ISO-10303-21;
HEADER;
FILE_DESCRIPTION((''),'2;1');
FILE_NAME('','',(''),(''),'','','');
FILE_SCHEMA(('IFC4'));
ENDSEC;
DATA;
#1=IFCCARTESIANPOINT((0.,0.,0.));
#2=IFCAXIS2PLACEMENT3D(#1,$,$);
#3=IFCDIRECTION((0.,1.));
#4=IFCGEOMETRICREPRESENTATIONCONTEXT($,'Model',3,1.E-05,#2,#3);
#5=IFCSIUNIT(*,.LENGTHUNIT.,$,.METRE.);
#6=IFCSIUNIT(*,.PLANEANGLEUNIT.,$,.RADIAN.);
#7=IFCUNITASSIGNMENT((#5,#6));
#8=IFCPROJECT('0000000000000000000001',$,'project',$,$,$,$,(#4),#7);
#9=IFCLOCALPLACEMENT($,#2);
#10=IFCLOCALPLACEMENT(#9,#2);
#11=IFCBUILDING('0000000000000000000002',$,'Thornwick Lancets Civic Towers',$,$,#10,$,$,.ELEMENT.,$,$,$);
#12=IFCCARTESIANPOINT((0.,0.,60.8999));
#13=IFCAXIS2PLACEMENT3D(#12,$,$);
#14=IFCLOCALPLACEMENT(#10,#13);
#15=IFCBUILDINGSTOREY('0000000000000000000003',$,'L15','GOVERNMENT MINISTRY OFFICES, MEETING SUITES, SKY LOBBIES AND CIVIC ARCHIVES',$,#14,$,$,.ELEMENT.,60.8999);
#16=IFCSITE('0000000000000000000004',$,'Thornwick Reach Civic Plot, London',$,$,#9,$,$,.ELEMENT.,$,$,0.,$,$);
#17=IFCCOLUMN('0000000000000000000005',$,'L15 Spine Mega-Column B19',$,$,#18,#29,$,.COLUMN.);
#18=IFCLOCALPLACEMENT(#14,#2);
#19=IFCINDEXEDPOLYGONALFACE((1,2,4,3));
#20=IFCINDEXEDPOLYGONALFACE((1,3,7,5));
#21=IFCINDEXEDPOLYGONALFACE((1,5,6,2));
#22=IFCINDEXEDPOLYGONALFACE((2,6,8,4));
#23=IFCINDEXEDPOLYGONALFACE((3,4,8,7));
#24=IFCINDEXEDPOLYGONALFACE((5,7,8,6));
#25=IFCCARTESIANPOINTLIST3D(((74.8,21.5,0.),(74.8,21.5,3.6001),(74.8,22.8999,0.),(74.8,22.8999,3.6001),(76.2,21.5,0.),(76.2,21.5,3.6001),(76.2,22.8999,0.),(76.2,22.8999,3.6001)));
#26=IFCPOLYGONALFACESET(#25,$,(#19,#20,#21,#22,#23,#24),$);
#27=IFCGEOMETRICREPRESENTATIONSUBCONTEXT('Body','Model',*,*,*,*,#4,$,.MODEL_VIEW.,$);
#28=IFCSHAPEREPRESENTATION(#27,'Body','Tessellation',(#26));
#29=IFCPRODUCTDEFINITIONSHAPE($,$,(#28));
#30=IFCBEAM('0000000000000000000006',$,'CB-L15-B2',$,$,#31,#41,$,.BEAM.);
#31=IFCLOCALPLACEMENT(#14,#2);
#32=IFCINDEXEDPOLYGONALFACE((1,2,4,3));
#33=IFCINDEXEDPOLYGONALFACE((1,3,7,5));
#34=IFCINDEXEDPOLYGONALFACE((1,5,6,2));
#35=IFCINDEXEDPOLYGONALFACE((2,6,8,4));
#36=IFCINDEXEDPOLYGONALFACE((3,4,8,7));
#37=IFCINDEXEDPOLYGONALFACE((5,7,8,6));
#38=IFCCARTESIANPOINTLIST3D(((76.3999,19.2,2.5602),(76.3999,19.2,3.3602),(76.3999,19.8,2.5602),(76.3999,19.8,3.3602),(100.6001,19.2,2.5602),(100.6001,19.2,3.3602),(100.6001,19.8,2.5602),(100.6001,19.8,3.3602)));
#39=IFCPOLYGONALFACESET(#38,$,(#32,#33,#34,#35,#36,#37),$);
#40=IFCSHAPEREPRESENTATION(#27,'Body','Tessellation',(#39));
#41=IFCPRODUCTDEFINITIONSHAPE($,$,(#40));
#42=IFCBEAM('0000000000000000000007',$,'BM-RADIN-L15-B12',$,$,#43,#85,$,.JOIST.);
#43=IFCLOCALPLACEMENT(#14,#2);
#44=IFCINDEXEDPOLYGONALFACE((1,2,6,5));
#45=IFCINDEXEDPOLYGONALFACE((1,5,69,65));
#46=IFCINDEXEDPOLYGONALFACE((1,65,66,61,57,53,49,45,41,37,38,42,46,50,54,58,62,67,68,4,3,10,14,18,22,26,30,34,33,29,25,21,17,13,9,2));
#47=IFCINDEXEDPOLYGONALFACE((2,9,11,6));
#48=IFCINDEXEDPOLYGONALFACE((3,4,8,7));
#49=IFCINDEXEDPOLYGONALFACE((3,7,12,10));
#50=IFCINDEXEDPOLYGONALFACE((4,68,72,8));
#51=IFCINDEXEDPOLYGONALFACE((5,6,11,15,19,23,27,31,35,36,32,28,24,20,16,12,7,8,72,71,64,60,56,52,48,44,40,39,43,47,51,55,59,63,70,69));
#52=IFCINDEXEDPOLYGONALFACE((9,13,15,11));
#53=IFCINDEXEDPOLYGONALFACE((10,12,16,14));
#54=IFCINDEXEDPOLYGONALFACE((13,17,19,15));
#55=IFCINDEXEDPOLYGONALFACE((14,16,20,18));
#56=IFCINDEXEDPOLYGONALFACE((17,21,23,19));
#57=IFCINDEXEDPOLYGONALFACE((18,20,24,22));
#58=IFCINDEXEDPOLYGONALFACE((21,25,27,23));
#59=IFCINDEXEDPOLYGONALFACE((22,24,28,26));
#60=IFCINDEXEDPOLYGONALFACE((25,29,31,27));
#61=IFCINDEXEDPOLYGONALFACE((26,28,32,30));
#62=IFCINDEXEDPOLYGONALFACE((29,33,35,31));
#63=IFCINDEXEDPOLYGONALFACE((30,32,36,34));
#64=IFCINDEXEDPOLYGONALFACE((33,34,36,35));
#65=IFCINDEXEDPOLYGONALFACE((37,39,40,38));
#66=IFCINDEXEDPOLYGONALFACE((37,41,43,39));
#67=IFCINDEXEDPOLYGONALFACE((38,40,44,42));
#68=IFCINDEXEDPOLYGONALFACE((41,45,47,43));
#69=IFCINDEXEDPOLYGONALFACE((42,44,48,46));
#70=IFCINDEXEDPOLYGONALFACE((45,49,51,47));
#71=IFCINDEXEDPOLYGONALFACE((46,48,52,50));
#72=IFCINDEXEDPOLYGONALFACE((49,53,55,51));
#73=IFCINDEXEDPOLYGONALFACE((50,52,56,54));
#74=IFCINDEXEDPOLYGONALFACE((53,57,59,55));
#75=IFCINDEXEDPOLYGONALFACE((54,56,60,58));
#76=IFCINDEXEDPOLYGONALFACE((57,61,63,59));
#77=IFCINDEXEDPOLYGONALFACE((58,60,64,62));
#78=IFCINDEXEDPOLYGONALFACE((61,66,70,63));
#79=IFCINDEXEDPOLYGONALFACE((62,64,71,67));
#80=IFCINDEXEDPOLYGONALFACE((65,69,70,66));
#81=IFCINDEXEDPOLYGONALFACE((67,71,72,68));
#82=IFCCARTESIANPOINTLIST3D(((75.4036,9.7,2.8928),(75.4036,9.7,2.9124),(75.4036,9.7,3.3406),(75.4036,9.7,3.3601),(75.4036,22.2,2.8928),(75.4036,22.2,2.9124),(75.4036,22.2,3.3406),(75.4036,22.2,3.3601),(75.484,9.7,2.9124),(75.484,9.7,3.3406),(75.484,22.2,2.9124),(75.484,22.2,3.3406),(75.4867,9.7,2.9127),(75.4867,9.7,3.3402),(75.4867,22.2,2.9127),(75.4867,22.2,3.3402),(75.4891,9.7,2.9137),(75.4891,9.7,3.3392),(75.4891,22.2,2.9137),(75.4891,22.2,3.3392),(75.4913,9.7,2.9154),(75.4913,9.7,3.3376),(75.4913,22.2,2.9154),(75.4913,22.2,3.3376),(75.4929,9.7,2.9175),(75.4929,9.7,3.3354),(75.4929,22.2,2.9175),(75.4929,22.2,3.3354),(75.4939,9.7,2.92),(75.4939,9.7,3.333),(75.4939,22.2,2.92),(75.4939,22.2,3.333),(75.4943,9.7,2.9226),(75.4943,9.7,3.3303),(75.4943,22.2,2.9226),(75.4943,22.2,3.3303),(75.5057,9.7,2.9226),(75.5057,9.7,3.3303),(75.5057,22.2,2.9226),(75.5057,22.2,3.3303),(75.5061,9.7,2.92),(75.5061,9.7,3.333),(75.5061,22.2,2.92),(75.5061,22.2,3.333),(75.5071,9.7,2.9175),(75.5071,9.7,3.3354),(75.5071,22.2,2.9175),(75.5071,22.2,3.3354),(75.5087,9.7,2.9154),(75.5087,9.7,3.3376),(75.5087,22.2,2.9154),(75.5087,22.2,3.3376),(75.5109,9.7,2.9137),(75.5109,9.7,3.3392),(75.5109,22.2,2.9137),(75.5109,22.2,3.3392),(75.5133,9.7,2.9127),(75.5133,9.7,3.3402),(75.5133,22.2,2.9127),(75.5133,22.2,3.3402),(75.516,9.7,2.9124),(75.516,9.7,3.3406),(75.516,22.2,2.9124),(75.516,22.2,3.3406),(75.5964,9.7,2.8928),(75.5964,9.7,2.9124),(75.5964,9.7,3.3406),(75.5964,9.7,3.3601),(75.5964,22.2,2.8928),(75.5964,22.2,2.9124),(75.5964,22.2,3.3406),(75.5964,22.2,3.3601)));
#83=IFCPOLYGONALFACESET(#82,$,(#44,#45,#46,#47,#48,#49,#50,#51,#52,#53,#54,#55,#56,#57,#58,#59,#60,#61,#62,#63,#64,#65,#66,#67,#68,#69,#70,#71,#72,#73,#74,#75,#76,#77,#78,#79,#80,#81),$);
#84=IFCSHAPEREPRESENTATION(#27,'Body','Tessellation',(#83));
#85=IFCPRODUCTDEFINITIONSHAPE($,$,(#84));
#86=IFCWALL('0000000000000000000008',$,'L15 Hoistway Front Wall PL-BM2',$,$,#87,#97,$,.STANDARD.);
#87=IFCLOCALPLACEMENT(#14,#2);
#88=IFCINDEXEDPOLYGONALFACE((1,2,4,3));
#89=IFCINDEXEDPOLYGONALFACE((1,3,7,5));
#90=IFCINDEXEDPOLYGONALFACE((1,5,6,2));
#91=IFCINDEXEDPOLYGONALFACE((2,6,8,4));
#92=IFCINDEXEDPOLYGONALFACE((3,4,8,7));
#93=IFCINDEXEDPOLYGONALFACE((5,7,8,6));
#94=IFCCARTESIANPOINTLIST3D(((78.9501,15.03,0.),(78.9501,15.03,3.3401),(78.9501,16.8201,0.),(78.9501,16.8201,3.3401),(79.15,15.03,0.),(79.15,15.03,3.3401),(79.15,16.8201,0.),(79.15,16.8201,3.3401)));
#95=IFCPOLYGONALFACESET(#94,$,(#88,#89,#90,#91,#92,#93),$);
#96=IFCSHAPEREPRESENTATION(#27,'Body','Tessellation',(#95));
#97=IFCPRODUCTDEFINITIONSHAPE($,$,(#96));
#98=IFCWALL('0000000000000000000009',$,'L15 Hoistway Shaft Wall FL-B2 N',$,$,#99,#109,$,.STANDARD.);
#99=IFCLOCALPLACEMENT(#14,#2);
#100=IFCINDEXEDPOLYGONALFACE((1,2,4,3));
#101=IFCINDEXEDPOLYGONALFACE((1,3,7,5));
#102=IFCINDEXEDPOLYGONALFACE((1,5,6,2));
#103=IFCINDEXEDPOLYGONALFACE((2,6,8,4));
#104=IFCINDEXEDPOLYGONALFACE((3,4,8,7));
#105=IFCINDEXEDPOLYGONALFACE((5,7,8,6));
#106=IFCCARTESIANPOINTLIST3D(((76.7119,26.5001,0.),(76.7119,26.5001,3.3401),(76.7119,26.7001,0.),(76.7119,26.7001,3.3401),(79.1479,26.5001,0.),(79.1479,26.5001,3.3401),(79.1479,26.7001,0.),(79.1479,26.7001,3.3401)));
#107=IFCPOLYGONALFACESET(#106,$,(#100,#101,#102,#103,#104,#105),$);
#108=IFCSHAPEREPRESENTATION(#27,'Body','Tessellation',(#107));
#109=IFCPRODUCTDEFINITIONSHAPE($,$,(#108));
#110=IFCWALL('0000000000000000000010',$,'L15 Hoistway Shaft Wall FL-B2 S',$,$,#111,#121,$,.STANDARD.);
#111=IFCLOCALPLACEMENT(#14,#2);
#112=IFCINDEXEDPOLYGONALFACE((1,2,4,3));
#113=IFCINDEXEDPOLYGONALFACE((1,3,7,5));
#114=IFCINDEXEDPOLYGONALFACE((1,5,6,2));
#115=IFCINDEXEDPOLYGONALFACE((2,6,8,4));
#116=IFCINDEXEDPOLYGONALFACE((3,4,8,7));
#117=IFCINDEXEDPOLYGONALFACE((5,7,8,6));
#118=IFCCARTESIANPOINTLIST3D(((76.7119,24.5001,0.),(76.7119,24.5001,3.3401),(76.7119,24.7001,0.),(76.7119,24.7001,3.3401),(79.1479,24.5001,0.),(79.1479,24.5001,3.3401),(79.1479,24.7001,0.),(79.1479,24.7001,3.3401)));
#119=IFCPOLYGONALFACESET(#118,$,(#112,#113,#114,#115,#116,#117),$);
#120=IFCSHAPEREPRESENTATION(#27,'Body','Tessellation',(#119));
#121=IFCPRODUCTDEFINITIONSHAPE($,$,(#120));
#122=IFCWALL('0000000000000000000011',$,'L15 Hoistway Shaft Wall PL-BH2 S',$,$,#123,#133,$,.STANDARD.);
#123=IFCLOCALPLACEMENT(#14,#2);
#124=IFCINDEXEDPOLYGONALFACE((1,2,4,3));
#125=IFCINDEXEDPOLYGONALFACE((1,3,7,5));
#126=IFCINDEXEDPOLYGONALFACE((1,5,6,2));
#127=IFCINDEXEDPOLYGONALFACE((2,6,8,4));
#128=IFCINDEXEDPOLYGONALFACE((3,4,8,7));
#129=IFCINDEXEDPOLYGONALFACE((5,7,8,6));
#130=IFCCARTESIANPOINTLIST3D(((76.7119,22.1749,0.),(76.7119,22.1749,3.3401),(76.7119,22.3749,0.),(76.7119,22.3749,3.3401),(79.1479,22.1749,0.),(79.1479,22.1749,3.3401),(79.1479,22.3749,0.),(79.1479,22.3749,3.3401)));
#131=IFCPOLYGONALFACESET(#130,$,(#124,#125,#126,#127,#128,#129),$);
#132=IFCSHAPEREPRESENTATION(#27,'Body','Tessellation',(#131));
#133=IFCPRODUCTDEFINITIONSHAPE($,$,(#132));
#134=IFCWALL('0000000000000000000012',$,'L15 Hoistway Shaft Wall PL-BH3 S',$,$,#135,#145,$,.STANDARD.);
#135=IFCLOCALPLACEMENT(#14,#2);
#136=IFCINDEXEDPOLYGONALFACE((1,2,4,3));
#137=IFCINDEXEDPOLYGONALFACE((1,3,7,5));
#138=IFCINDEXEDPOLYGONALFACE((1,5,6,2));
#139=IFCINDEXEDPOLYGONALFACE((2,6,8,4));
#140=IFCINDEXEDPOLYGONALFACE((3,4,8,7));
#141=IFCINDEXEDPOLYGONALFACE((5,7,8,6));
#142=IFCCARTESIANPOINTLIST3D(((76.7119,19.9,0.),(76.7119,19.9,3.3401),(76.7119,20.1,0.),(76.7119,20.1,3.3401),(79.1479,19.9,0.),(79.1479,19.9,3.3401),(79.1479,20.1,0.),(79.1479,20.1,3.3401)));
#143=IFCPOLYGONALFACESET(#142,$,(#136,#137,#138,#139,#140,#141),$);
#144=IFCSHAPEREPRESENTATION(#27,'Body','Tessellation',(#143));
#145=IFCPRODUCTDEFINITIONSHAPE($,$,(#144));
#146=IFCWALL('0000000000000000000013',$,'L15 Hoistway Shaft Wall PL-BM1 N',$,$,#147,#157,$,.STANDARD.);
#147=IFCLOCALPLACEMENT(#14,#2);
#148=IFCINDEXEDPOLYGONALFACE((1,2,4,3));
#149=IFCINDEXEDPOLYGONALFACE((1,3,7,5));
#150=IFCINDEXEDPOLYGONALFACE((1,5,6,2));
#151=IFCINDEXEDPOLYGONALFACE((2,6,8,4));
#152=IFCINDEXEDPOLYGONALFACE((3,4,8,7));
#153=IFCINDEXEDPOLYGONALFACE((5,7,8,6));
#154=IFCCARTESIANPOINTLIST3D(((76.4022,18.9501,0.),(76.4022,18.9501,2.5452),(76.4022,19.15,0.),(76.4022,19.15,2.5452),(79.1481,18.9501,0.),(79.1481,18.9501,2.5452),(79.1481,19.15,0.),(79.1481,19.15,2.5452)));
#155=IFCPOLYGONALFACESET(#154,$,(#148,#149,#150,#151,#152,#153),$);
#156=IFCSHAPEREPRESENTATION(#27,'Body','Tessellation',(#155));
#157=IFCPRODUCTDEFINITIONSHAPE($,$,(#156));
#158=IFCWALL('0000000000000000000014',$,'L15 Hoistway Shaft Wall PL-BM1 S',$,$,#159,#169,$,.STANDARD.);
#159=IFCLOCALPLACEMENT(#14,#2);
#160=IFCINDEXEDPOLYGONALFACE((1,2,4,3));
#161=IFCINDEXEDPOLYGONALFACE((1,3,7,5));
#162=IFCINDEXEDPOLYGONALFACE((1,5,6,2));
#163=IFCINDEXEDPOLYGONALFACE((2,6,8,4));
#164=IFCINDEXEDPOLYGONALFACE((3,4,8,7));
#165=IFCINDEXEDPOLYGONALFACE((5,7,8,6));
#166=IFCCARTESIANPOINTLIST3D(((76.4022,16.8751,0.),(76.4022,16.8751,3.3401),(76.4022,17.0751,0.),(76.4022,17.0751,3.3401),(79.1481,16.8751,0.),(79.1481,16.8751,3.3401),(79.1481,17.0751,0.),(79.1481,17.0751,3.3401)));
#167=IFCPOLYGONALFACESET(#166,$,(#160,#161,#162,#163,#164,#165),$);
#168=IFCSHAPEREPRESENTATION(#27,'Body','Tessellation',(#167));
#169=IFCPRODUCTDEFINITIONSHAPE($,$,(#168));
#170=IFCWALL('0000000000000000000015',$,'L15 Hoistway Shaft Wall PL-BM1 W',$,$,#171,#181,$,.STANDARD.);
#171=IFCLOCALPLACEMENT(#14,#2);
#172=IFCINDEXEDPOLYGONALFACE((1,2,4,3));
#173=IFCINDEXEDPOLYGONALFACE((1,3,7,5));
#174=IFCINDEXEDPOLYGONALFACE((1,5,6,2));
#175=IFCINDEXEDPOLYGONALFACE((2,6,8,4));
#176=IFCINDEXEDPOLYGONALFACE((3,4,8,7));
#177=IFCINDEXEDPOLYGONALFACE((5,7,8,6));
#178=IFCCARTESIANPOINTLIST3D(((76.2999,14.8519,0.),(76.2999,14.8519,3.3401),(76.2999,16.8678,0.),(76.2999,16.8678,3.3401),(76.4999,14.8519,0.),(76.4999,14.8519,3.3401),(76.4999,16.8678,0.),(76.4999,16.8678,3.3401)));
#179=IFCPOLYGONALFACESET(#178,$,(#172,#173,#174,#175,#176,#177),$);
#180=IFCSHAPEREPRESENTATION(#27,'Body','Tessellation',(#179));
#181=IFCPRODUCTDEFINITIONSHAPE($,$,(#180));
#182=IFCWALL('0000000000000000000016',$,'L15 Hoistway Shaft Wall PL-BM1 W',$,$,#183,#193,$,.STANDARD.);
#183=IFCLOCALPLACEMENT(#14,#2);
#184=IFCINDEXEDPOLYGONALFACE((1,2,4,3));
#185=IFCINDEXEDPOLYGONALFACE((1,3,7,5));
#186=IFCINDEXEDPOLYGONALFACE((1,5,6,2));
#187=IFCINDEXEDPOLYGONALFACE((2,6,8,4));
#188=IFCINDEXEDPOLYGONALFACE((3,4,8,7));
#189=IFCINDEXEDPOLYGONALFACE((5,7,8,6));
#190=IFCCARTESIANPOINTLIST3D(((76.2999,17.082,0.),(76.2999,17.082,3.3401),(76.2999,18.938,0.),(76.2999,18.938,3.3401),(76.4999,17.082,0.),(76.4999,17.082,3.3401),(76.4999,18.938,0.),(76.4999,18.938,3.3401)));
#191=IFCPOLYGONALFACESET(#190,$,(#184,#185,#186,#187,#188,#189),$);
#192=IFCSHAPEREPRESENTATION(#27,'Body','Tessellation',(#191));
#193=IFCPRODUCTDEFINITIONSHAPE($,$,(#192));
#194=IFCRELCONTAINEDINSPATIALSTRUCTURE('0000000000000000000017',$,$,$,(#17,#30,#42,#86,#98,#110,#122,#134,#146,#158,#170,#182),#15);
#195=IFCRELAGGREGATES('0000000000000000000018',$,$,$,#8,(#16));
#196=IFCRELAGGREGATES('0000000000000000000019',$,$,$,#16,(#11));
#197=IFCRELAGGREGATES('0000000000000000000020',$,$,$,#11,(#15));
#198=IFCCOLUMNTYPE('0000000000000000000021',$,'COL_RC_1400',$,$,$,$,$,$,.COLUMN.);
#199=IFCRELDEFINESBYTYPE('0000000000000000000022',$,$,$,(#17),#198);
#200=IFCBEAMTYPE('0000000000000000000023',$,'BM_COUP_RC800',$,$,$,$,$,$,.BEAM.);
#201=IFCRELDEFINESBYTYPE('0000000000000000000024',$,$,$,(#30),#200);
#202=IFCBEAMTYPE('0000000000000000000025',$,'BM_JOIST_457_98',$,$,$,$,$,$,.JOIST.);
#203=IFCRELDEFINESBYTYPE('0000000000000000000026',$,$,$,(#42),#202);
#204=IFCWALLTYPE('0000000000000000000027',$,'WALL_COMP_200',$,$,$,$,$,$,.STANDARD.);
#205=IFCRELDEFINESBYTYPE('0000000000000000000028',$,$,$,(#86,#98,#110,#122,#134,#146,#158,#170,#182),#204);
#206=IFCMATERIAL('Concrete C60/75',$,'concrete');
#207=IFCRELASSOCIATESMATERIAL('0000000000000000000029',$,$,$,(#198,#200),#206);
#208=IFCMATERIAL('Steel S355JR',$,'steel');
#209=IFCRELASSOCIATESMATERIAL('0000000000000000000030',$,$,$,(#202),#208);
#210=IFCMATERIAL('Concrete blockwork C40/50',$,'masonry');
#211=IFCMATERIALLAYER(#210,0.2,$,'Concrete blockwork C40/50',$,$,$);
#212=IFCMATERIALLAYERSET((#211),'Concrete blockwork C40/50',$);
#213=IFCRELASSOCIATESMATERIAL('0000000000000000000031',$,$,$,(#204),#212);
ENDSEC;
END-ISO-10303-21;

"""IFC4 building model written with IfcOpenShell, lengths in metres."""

from ifc_helpers import new_model, si_unit, direction, frame, frame_2d, origin, origin_2d, place, context, subcontext, project, spatial, rectangle, i_section, extrude, material, layer, layer_set, material_profile, profile_set, type_object, element, save


model = new_model("IFC4")

# Units and contexts
model_context = context("Model", 3, precision=1e-05, world=origin(), true_north=direction((0.0, 1.0)))
body_context = subcontext(model_context, "Body", "Model", "MODEL_VIEW")
ifc_project = project(units=[si_unit("LENGTHUNIT", "METRE"), si_unit("PLANEANGLEUNIT", "RADIAN")], contexts=[model_context])

# Site, building, storey
site_placement = place(None, origin())
site = spatial("IfcSite", under=ifc_project, at=site_placement, Name="Thornwick Reach Civic Plot, London", CompositionType="ELEMENT", RefElevation=0.0)
building_placement = place(site_placement, origin())
building = spatial("IfcBuilding", under=site, at=building_placement, Name="Thornwick Lancets Civic Towers", CompositionType="ELEMENT")
storey_placement = place(building_placement, frame((0.0, 0.0, 60.8999)))
storey = spatial("IfcBuildingStorey", under=building, at=storey_placement, Name="L15", Description="GOVERNMENT MINISTRY OFFICES, MEETING SUITES, SKY LOBBIES AND CIVIC ARCHIVES", CompositionType="ELEMENT", Elevation=60.8999)

# Column
ifc_material_1 = material(Name="Concrete C60/75", Category="concrete")
ifc_material_profile_1 = material_profile(ifc_material_1, rectangle(XDim=1.3999, YDim=1.3999, at=origin_2d()), Name="RC 1400x1400")
ifc_profile_set_1 = profile_set([ifc_material_profile_1], Name="Concrete C60/75")
column_type = type_object("IfcColumnType", Name="COL_RC_1400", PredefinedType="COLUMN", material=ifc_profile_set_1)
column_placement = place(storey_placement, frame((75.5, 22.2, 0.0), z_axis=(0.0, 0.0, 1.0), x_axis=(1.0, 0.0, 0.0)))
element("IfcColumn", 1, at=column_placement, inside=storey, type_object=column_type, Name="L15 Spine Mega-Column B19", PredefinedType="COLUMN", context=body_context, shape_type="SweptSolid", body=[
    extrude(rectangle(XDim=1.3999, YDim=1.3999, at=origin_2d()), origin(), (0.0, 0.0, 1.0), 3.6001),
])

# Beams
ifc_material_profile_2 = material_profile(ifc_material_1, rectangle(XDim=0.6001, YDim=0.8, at=origin_2d()), Name="RC 600x800")
ifc_profile_set_2 = profile_set([ifc_material_profile_2], Name="Concrete C60/75")
beam_type_1 = type_object("IfcBeamType", Name="BM_COUP_RC800", PredefinedType="BEAM", material=ifc_profile_set_2)
beam_1_placement = place(storey_placement, frame((76.3999, 19.5, 2.9602), z_axis=(1.0, 0.0, 0.0), x_axis=(0.0, 1.0, 0.0)))
element("IfcBeam", 2, at=beam_1_placement, inside=storey, type_object=beam_type_1, Name="CB-L15-B2", PredefinedType="BEAM", context=body_context, shape_type="SweptSolid", body=[
    extrude(rectangle(XDim=0.6001, YDim=0.8, at=origin_2d()), origin(), (0.0, 0.0, 1.0), 24.2002),
])
ifc_material_2 = material(Name="Steel S355JR", Category="steel")
ifc_material_profile_3 = material_profile(ifc_material_2, i_section(OverallWidth=0.1929, OverallDepth=0.4673, WebThickness=0.0115, FlangeThickness=0.0195, FilletRadius=0.0103, at=origin_2d()), Name="UKB 457x191x98")
ifc_profile_set_3 = profile_set([ifc_material_profile_3], Name="Steel S355JR")
beam_type_2 = type_object("IfcBeamType", Name="BM_JOIST_457_98", PredefinedType="JOIST", material=ifc_profile_set_3)
beam_2_placement = place(storey_placement, frame((75.5, 22.2, 3.1265), z_axis=(0.0, -1.0, 0.0), x_axis=(1.0, 0.0, 0.0)))
element("IfcBeam", 3, at=beam_2_placement, inside=storey, type_object=beam_type_2, Name="BM-RADIN-L15-B12", PredefinedType="JOIST", context=body_context, shape_type="SweptSolid", body=[
    extrude(i_section(OverallWidth=0.1929, OverallDepth=0.4673, WebThickness=0.0115, FlangeThickness=0.0195, FilletRadius=0.0103, at=origin_2d()), origin(), (0.0, 0.0, 1.0), 12.5),
])

# Walls
ifc_material_3 = material(Name="Concrete blockwork C40/50", Category="masonry")
ifc_layer_1 = layer(ifc_material_3, 0.2, Name="Concrete blockwork C40/50")
ifc_layer_set_1 = layer_set([ifc_layer_1], Name="Concrete blockwork C40/50")
wall_type_1 = type_object("IfcWallType", Name="WALL_COMP_200", PredefinedType="STANDARD", material=ifc_layer_set_1)
wall_1_placement = place(storey_placement, frame((79.05, 15.03, 0.0), z_axis=(0.0, 0.0, 1.0), x_axis=(0.0, 1.0, 0.0)))
element("IfcWall", 4, at=wall_1_placement, inside=storey, type_object=wall_type_1, Name="L15 Hoistway Front Wall PL-BM2", PredefinedType="STANDARD", context=body_context, shape_type="SweptSolid", body=[
    extrude(rectangle(XDim=1.79, YDim=0.2, at=frame_2d((0.895, 0.0))), origin(), (0.0, 0.0, 1.0), 3.3401),
])
for number, where, z_axis, x_axis, name in (
    (5, (76.7119, 26.6001, 0.0), (0.0, 0.0, 1.0), (1.0, 0.0, 0.0), "L15 Hoistway Shaft Wall FL-B2 N"),
    (6, (76.7119, 24.6001, 0.0), (0.0, 0.0, 1.0), (1.0, 0.0, 0.0), "L15 Hoistway Shaft Wall FL-B2 S"),
    (7, (76.7119, 22.2749, 0.0), (0.0, 0.0, 1.0), (1.0, 0.0, 0.0), "L15 Hoistway Shaft Wall PL-BH2 S"),
    (8, (76.7119, 20.0, 0.0), (0.0, 0.0, 1.0), (1.0, 0.0, 0.0), "L15 Hoistway Shaft Wall PL-BH3 S"),
):
    element("IfcWall", number, at=place(storey_placement, frame(where, z_axis=z_axis, x_axis=x_axis)), inside=storey, type_object=wall_type_1, Name=name, PredefinedType="STANDARD", context=body_context, shape_type="SweptSolid", body=[
        extrude(rectangle(XDim=2.436, YDim=0.2, at=frame_2d((1.218, 0.0))), origin(), (0.0, 0.0, 1.0), 3.3401),
    ])
wall_2_placement = place(storey_placement, frame((76.4021, 19.05, 0.0), z_axis=(0.0, 0.0, 1.0), x_axis=(1.0, 0.0, 0.0)))
element("IfcWall", 9, at=wall_2_placement, inside=storey, type_object=wall_type_1, Name="L15 Hoistway Shaft Wall PL-BM1 N", PredefinedType="STANDARD", context=body_context, shape_type="SweptSolid", body=[
    extrude(rectangle(XDim=2.7458, YDim=0.2, at=frame_2d((1.373, 0.0))), origin(), (0.0, 0.0, 1.0), 2.5452),
])
wall_3_placement = place(storey_placement, frame((76.4021, 16.9751, 0.0), z_axis=(0.0, 0.0, 1.0), x_axis=(1.0, 0.0, 0.0)))
element("IfcWall", 10, at=wall_3_placement, inside=storey, type_object=wall_type_1, Name="L15 Hoistway Shaft Wall PL-BM1 S", PredefinedType="STANDARD", context=body_context, shape_type="SweptSolid", body=[
    extrude(rectangle(XDim=2.7458, YDim=0.2, at=frame_2d((1.373, 0.0))), origin(), (0.0, 0.0, 1.0), 3.3401),
])
wall_4_placement = place(storey_placement, frame((76.3999, 14.8521, 0.0), z_axis=(0.0, 0.0, 1.0), x_axis=(0.0, 1.0, 0.0)))
element("IfcWall", 11, at=wall_4_placement, inside=storey, type_object=wall_type_1, Name="L15 Hoistway Shaft Wall PL-BM1 W", PredefinedType="STANDARD", context=body_context, shape_type="SweptSolid", body=[
    extrude(rectangle(XDim=2.0159, YDim=0.2, at=frame_2d((1.0078, 0.0))), origin(), (0.0, 0.0, 1.0), 3.3401),
])
wall_5_placement = place(storey_placement, frame((76.3999, 17.082, 0.0), z_axis=(0.0, 0.0, 1.0), x_axis=(0.0, 1.0, 0.0)))
element("IfcWall", 12, at=wall_5_placement, inside=storey, type_object=wall_type_1, Name="L15 Hoistway Shaft Wall PL-BM1 W", PredefinedType="STANDARD", context=body_context, shape_type="SweptSolid", body=[
    extrude(rectangle(XDim=1.856, YDim=0.2, at=frame_2d((0.928, 0.0))), origin(), (0.0, 0.0, 1.0), 3.3401),
])

save(model, "model.ifc")
